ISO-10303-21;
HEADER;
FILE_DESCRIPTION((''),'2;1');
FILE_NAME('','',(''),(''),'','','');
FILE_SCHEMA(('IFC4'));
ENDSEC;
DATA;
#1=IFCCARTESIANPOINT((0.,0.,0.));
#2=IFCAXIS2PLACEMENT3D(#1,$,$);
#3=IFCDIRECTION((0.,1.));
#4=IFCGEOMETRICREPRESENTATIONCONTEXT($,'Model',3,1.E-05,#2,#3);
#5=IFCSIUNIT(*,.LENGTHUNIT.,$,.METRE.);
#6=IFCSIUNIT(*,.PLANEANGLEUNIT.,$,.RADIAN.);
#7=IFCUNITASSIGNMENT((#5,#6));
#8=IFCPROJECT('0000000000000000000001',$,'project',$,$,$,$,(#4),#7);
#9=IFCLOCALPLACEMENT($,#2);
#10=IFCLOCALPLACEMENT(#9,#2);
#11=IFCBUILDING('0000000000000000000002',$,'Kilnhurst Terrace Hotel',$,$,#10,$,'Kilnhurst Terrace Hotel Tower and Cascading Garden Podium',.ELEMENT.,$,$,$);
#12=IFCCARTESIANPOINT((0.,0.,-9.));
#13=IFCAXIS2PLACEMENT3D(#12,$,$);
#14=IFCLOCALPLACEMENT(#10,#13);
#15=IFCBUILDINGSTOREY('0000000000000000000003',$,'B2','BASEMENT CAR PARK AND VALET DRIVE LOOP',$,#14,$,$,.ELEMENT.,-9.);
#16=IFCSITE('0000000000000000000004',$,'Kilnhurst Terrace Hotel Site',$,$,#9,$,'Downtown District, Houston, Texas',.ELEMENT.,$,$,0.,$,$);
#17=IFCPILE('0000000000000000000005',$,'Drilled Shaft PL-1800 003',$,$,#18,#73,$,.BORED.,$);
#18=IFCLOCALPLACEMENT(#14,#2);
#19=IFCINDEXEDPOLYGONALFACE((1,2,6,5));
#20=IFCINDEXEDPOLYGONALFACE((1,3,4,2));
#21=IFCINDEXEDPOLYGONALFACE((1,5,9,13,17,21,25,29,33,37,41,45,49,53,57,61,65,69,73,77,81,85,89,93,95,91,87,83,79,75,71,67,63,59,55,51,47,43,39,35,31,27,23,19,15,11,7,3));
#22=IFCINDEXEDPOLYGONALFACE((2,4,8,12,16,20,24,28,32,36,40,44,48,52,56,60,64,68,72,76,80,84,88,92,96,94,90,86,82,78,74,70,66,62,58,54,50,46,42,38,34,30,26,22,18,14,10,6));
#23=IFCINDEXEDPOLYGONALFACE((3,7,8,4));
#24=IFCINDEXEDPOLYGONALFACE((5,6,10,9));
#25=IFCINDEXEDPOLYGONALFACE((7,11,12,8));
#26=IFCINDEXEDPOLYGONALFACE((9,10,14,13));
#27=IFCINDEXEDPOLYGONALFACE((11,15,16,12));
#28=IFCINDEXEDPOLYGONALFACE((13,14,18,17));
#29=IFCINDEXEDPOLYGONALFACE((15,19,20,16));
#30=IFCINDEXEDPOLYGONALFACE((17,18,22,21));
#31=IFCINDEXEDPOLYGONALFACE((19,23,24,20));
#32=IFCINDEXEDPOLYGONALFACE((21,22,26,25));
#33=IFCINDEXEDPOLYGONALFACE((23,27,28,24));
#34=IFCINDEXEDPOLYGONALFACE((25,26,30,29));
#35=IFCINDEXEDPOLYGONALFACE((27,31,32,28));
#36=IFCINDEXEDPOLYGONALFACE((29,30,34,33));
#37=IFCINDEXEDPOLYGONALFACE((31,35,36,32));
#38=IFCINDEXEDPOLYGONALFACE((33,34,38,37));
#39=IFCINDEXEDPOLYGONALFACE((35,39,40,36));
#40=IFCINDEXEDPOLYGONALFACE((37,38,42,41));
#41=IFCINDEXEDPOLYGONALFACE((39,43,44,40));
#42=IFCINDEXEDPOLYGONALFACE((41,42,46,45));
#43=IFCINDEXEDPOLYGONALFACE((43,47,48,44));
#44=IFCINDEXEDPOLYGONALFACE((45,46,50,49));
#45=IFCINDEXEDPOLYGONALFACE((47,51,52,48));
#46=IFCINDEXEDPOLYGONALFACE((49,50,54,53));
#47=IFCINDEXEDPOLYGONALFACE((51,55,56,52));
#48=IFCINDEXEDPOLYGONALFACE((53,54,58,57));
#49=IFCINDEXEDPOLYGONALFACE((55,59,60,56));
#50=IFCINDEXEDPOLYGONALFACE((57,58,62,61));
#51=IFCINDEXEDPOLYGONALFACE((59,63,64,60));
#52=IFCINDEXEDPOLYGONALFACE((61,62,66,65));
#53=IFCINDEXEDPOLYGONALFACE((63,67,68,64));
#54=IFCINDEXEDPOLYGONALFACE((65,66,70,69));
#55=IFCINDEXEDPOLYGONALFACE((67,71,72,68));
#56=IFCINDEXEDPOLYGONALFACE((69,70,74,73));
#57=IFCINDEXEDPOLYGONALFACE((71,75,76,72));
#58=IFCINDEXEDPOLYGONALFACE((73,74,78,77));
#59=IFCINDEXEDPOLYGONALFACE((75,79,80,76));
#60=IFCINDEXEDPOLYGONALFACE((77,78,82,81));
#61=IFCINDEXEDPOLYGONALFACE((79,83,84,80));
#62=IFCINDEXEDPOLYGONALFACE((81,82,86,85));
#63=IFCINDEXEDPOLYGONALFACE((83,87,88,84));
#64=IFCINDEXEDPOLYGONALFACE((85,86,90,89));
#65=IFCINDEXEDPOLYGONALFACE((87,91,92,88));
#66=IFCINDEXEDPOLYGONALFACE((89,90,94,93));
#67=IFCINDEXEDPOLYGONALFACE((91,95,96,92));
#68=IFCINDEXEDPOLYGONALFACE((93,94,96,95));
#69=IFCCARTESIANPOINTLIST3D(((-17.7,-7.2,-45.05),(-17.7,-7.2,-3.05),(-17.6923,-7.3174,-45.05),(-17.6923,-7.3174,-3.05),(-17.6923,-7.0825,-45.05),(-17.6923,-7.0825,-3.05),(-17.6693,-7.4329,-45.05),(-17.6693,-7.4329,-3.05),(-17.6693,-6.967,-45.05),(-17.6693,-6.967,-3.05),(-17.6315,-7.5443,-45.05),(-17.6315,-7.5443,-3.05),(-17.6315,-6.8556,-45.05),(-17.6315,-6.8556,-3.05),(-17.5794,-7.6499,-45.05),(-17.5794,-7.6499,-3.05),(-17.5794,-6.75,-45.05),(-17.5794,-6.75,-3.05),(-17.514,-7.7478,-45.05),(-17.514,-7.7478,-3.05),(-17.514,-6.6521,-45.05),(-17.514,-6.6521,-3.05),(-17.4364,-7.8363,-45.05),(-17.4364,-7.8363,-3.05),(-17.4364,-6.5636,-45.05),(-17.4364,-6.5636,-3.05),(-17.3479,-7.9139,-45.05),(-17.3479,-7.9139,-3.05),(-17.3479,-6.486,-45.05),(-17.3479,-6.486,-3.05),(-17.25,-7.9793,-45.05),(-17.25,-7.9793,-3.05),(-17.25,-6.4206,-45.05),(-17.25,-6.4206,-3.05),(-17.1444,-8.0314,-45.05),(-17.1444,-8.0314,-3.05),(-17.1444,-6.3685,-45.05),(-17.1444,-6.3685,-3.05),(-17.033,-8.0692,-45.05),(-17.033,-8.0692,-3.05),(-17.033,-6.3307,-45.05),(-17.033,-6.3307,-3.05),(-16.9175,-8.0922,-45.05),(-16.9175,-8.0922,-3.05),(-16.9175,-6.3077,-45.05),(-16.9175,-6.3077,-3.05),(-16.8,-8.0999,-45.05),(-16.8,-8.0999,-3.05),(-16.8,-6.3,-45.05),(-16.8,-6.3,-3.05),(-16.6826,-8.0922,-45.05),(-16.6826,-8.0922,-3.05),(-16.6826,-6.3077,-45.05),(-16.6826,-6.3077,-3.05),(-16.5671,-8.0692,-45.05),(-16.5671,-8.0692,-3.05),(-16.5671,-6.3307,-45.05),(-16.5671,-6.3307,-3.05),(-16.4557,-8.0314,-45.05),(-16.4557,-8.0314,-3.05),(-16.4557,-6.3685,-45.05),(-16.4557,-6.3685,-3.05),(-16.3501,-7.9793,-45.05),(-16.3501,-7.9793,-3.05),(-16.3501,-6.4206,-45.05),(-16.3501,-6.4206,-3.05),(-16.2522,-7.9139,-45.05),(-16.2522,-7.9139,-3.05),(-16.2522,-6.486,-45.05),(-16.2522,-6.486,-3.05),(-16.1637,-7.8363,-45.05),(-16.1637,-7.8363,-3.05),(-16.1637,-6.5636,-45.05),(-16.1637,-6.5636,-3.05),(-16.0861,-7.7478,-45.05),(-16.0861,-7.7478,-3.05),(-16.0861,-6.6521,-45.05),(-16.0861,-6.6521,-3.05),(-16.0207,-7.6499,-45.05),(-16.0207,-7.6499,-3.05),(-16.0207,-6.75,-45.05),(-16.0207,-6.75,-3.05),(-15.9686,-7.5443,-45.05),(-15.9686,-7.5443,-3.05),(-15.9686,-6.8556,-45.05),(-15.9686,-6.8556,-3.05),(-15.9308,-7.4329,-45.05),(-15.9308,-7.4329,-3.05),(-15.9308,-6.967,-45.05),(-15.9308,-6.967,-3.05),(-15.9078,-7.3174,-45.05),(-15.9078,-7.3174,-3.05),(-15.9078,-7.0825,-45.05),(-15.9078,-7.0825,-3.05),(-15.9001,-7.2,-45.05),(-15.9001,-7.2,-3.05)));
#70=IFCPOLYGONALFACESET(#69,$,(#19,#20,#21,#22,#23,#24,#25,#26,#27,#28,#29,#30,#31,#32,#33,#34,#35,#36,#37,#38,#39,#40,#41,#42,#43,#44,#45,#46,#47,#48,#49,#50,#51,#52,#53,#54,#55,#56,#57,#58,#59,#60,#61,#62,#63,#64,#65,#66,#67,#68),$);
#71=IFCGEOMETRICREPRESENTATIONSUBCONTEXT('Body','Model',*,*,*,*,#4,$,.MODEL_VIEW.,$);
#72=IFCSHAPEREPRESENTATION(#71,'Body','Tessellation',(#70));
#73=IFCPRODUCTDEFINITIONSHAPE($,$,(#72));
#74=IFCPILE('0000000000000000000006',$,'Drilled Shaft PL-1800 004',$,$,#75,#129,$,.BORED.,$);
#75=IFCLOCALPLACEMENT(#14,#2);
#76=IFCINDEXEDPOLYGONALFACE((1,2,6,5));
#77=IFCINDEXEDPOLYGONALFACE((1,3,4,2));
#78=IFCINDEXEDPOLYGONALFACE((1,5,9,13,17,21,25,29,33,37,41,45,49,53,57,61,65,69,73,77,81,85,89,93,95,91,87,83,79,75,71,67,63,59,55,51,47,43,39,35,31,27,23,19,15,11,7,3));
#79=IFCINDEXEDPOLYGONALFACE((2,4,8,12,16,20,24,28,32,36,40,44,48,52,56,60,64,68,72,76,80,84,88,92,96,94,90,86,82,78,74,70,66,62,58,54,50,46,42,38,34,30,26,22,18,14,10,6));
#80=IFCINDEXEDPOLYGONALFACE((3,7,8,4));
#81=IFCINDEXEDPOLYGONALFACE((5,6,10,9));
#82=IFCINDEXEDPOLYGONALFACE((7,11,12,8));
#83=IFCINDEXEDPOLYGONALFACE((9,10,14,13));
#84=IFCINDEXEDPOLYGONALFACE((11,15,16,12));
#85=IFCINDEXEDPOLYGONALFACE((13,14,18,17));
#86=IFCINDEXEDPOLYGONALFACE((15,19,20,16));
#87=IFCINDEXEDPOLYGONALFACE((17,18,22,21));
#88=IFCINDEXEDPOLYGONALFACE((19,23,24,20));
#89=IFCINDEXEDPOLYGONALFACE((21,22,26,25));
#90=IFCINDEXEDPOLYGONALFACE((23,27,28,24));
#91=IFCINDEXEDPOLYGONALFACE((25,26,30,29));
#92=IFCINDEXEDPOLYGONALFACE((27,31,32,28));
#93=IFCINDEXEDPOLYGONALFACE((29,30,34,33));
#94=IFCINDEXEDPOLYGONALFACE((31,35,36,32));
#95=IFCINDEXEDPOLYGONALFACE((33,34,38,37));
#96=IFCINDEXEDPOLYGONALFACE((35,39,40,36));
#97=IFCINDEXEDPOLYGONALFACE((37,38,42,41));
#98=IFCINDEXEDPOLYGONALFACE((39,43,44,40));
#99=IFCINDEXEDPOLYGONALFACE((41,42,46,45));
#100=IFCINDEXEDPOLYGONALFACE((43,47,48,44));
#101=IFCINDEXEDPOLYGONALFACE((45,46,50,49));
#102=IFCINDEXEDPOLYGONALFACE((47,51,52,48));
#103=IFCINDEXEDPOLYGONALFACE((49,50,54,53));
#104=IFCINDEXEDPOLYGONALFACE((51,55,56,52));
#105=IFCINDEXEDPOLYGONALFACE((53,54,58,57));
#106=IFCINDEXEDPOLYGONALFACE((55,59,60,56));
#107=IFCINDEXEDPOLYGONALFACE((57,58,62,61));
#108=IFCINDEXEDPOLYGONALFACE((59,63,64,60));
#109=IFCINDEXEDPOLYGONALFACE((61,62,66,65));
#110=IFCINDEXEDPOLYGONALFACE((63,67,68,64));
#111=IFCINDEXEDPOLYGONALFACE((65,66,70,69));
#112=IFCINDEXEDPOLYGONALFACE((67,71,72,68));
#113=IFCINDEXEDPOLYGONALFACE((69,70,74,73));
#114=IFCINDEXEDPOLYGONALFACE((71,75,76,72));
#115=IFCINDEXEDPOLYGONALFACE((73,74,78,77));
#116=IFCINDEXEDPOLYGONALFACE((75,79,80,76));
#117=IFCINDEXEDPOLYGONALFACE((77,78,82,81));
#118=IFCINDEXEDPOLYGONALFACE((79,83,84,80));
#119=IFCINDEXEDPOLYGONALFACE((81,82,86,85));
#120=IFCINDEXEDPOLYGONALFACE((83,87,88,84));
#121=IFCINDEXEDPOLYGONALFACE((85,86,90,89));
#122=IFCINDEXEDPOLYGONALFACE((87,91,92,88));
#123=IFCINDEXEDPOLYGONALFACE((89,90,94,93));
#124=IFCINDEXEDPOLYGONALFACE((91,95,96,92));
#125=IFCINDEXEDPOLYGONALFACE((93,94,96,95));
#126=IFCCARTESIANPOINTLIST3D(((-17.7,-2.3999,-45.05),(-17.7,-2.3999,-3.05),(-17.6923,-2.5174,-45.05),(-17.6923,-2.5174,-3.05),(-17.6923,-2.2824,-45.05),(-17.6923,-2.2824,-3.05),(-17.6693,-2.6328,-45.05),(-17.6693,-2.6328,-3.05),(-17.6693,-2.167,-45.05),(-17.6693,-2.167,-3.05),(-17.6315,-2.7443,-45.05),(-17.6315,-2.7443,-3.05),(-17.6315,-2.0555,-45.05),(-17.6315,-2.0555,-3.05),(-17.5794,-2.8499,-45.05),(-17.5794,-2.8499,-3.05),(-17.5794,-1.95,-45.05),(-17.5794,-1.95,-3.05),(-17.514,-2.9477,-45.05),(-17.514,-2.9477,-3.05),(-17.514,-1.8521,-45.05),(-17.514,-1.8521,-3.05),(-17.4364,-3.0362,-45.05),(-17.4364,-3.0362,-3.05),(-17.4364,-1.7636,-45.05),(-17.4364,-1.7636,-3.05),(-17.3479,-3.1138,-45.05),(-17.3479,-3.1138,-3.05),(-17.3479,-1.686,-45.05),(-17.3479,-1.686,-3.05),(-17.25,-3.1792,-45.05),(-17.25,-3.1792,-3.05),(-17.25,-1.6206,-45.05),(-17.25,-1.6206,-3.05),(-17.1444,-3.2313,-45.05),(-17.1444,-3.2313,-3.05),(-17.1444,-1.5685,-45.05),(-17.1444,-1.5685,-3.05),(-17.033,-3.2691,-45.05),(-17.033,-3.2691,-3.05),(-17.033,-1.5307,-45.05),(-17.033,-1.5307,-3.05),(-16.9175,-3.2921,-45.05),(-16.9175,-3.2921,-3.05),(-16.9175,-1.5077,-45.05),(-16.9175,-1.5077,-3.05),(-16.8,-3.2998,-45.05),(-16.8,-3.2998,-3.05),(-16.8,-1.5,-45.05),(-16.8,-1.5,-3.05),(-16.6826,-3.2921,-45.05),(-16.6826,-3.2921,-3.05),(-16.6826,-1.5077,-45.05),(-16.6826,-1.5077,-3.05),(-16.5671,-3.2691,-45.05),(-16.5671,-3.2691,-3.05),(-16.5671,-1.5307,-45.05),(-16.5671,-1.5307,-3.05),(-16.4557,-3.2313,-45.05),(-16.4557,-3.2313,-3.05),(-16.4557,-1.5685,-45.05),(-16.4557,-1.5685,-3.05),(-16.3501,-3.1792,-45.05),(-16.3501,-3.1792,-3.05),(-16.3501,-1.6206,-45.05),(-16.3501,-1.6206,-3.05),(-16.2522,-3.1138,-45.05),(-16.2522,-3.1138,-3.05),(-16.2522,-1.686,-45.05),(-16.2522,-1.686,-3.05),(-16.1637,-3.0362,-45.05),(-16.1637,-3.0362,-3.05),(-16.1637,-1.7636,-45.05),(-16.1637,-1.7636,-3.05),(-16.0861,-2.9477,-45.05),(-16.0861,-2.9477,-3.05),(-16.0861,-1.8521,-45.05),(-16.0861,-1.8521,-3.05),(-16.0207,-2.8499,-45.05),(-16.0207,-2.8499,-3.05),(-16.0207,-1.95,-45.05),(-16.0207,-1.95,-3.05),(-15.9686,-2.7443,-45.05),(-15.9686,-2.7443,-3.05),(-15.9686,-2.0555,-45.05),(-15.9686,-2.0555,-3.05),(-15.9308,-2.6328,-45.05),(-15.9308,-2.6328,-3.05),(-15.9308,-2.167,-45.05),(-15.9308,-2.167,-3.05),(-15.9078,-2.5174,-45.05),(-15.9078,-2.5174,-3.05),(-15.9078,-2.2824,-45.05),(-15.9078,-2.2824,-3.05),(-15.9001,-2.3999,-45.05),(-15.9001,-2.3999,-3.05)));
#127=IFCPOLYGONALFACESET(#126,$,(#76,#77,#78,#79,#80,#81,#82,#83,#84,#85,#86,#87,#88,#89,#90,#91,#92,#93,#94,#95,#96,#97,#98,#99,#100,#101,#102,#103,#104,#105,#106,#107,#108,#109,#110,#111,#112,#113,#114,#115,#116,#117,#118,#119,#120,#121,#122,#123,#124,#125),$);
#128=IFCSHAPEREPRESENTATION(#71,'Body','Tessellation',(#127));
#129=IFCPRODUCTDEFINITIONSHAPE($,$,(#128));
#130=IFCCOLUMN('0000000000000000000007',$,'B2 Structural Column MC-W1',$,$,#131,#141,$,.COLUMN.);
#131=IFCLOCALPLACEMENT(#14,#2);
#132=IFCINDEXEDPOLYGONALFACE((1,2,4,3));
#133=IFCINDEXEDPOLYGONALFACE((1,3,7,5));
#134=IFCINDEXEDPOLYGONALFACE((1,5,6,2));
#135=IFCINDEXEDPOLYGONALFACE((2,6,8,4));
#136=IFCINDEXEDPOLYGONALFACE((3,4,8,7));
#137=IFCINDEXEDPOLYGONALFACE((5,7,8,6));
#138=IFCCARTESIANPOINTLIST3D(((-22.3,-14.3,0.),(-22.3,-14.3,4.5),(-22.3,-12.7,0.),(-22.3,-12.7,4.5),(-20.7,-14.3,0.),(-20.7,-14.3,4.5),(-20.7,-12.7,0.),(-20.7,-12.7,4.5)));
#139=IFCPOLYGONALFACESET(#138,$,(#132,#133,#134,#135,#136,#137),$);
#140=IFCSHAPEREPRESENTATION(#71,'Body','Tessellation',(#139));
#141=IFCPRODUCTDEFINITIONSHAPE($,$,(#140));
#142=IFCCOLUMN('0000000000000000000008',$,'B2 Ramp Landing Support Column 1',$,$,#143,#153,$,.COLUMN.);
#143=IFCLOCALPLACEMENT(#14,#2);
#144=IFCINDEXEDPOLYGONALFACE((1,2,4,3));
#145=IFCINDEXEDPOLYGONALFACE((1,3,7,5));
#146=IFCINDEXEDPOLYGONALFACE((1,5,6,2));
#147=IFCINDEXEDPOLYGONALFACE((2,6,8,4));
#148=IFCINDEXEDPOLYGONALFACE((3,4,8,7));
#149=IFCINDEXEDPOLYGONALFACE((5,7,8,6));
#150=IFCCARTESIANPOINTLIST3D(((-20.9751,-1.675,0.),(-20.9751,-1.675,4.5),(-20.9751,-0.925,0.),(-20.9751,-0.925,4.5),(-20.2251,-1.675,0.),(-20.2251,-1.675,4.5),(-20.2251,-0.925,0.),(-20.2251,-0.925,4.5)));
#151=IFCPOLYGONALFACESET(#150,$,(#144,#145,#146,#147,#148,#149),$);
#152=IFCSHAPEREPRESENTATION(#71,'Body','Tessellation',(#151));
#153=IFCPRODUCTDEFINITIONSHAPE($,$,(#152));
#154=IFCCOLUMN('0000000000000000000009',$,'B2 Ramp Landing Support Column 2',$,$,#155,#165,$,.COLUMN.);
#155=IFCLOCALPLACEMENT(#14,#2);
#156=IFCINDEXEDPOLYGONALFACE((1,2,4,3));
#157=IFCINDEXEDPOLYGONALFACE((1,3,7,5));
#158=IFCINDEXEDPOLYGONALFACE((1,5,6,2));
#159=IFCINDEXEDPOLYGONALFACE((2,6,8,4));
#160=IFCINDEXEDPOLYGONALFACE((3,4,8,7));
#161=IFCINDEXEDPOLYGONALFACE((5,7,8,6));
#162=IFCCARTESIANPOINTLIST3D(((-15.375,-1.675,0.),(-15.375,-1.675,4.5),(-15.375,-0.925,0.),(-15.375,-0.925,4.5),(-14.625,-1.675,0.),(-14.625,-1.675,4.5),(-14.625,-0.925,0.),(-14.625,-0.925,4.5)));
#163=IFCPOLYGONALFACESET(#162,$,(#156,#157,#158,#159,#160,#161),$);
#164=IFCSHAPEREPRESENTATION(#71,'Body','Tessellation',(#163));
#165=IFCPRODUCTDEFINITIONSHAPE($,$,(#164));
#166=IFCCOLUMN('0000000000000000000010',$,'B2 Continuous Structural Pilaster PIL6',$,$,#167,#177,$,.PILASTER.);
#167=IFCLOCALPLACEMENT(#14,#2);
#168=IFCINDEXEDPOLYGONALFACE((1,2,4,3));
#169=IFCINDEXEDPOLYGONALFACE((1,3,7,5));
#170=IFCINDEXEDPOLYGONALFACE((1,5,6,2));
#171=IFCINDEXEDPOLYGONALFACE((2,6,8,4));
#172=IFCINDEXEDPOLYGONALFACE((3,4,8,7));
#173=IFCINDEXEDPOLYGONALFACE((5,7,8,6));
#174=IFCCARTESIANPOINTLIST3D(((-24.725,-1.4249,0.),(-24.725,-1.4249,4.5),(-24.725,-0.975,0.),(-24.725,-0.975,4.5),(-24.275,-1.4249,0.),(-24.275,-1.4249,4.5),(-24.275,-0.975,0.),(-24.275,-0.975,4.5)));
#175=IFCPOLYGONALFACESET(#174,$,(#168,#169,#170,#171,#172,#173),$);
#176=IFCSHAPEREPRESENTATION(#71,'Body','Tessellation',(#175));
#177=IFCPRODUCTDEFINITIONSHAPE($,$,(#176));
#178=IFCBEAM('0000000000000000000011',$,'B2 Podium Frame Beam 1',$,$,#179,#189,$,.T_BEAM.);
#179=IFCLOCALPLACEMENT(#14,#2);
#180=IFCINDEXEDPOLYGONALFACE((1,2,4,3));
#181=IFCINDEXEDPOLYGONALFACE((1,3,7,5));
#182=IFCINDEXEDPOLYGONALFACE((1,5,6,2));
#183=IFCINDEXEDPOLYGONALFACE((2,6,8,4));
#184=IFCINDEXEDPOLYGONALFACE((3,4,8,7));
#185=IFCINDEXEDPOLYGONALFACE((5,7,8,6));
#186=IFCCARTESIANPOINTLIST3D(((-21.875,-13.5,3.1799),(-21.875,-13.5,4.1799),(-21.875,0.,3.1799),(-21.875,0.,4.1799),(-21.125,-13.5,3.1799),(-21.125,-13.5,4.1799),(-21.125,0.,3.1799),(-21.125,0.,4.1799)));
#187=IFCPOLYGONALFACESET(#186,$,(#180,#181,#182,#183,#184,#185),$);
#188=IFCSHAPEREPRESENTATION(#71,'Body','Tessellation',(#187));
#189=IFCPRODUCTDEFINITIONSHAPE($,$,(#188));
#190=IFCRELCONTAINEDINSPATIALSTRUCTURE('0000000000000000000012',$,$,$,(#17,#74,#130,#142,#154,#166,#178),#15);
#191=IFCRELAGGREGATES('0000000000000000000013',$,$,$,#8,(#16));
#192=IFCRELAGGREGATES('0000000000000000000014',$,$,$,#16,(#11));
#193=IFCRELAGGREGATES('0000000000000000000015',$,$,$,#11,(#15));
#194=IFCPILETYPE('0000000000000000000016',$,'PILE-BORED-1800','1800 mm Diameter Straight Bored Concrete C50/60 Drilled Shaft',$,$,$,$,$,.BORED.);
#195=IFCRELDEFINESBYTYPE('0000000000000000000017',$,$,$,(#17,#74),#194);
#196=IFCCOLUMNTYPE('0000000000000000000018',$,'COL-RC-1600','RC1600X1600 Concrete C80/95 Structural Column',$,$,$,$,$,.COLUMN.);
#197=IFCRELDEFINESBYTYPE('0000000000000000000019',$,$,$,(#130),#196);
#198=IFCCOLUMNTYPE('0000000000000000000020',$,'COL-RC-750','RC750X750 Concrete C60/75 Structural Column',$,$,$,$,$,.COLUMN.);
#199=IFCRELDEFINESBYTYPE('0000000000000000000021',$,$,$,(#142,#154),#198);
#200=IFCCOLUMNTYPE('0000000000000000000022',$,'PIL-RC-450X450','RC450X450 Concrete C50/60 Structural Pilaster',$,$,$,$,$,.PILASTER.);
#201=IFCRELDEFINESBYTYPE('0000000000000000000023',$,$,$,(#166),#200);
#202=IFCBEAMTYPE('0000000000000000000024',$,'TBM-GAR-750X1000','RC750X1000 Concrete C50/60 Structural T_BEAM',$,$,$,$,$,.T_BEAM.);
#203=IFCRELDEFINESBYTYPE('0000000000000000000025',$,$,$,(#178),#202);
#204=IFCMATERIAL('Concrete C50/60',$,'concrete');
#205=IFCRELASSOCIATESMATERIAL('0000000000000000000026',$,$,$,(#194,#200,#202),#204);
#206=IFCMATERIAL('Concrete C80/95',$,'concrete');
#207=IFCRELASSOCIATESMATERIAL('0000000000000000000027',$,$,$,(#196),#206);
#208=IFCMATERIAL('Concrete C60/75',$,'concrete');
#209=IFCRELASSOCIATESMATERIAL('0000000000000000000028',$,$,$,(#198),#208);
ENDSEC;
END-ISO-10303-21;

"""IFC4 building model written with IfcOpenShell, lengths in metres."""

from ifc_helpers import new_model, si_unit, direction, frame, origin, origin_2d, place, context, subcontext, project, spatial, rectangle, circle, extrude, material, material_profile, profile_set, type_object, element, save


model = new_model("IFC4")

# Units and contexts
model_context = context("Model", 3, precision=1e-05, world=origin(), true_north=direction((0.0, 1.0)))
body_context = subcontext(model_context, "Body", "Model", "MODEL_VIEW")
ifc_project = project(units=[si_unit("LENGTHUNIT", "METRE"), si_unit("PLANEANGLEUNIT", "RADIAN")], contexts=[model_context])

# Site, building, storey
site_placement = place(None, origin())
site = spatial("IfcSite", under=ifc_project, at=site_placement, Name="Kilnhurst Terrace Hotel Site", LongName="Downtown District, Houston, Texas", CompositionType="ELEMENT", RefElevation=0.0)
building_placement = place(site_placement, origin())
building = spatial("IfcBuilding", under=site, at=building_placement, Name="Kilnhurst Terrace Hotel", LongName="Kilnhurst Terrace Hotel Tower and Cascading Garden Podium", CompositionType="ELEMENT")
storey_placement = place(building_placement, frame((0.0, 0.0, -9.0)))
storey = spatial("IfcBuildingStorey", under=building, at=storey_placement, Name="B2", Description="BASEMENT CAR PARK AND VALET DRIVE LOOP", CompositionType="ELEMENT", Elevation=-9.0)

# Piles
ifc_material_1 = material(Name="Concrete C50/60", Category="concrete")
ifc_material_profile_1 = material_profile(ifc_material_1, circle(Radius=0.8999, at=origin_2d()), Name="PILE1800")
ifc_profile_set_1 = profile_set([ifc_material_profile_1], Name="Concrete C50/60")
pile_type_1 = type_object("IfcPileType", Name="PILE-BORED-1800", Description="1800 mm Diameter Straight Bored Concrete C50/60 Drilled Shaft", PredefinedType="BORED", material=ifc_profile_set_1)
for number, where, z_axis, x_axis, name in (
    (1, (-16.8, -7.2, -3.05), (0.0, 0.0, -1.0), (1.0, 0.0, 0.0), "Drilled Shaft PL-1800 003"),
    (2, (-16.8, -2.3999, -3.05), (0.0, 0.0, -1.0), (1.0, 0.0, 0.0), "Drilled Shaft PL-1800 004"),
):
    element("IfcPile", number, at=place(storey_placement, frame(where, z_axis=z_axis, x_axis=x_axis)), inside=storey, type_object=pile_type_1, Name=name, PredefinedType="BORED", context=body_context, shape_type="SweptSolid", body=[
        extrude(circle(Radius=0.8999, at=origin_2d()), origin(), (0.0, 0.0, 1.0), 42.0),
    ])

# Columns
ifc_material_2 = material(Name="Concrete C80/95", Category="concrete")
ifc_material_profile_2 = material_profile(ifc_material_2, rectangle(XDim=1.6001, YDim=1.6001, at=origin_2d()), Name="RC1600X1600")
ifc_profile_set_2 = profile_set([ifc_material_profile_2], Name="Concrete C80/95")
column_type_1 = type_object("IfcColumnType", Name="COL-RC-1600", Description="RC1600X1600 Concrete C80/95 Structural Column", PredefinedType="COLUMN", material=ifc_profile_set_2)
column_1_placement = place(storey_placement, frame((-21.5, -13.5, 0.0), z_axis=(0.0, 0.0, 1.0), x_axis=(1.0, 0.0, 0.0)))
element("IfcColumn", 3, at=column_1_placement, inside=storey, type_object=column_type_1, Name="B2 Structural Column MC-W1", PredefinedType="COLUMN", context=body_context, shape_type="SweptSolid", body=[
    extrude(rectangle(XDim=1.6001, YDim=1.6001, at=origin_2d()), origin(), (0.0, 0.0, 1.0), 4.5),
])
ifc_material_3 = material(Name="Concrete C60/75", Category="concrete")
ifc_material_profile_3 = material_profile(ifc_material_3, rectangle(XDim=0.75, YDim=0.75, at=origin_2d()), Name="RC750X750")
ifc_profile_set_3 = profile_set([ifc_material_profile_3], Name="Concrete C60/75")
column_type_2 = type_object("IfcColumnType", Name="COL-RC-750", Description="RC750X750 Concrete C60/75 Structural Column", PredefinedType="COLUMN", material=ifc_profile_set_3)
for number, where, z_axis, x_axis, name in (
    (4, (-20.6001, -1.3, 0.0), (0.0, 0.0, 1.0), (1.0, 0.0, 0.0), "B2 Ramp Landing Support Column 1"),
    (5, (-15.0, -1.3, 0.0), (0.0, 0.0, 1.0), (1.0, 0.0, 0.0), "B2 Ramp Landing Support Column 2"),
):
    element("IfcColumn", number, at=place(storey_placement, frame(where, z_axis=z_axis, x_axis=x_axis)), inside=storey, type_object=column_type_2, Name=name, PredefinedType="COLUMN", context=body_context, shape_type="SweptSolid", body=[
        extrude(rectangle(XDim=0.75, YDim=0.75, at=origin_2d()), origin(), (0.0, 0.0, 1.0), 4.5),
    ])
ifc_material_profile_4 = material_profile(ifc_material_1, rectangle(XDim=0.45, YDim=0.45, at=origin_2d()), Name="RC450X450")
ifc_profile_set_4 = profile_set([ifc_material_profile_4], Name="Concrete C50/60")
column_type_3 = type_object("IfcColumnType", Name="PIL-RC-450X450", Description="RC450X450 Concrete C50/60 Structural Pilaster", PredefinedType="PILASTER", material=ifc_profile_set_4)
column_2_placement = place(storey_placement, frame((-24.5, -1.2, 0.0), z_axis=(0.0, 0.0, 1.0), x_axis=(1.0, 0.0, 0.0)))
element("IfcColumn", 6, at=column_2_placement, inside=storey, type_object=column_type_3, Name="B2 Continuous Structural Pilaster PIL6", PredefinedType="PILASTER", context=body_context, shape_type="SweptSolid", body=[
    extrude(rectangle(XDim=0.45, YDim=0.45, at=origin_2d()), origin(), (0.0, 0.0, 1.0), 4.5),
])

# Beam
ifc_material_profile_5 = material_profile(ifc_material_1, rectangle(XDim=0.75, YDim=1.0, at=origin_2d()), Name="RC750X1000")
ifc_profile_set_5 = profile_set([ifc_material_profile_5], Name="Concrete C50/60")
beam_type = type_object("IfcBeamType", Name="TBM-GAR-750X1000", Description="RC750X1000 Concrete C50/60 Structural T_BEAM", PredefinedType="T_BEAM", material=ifc_profile_set_5)
beam_1_placement = place(storey_placement, frame((-21.5, -13.5, 3.6799), z_axis=(0.0, 1.0, 0.0), x_axis=(-1.0, 0.0, 0.0)))
element("IfcBeam", 7, at=beam_1_placement, inside=storey, type_object=beam_type, Name="B2 Podium Frame Beam 1", PredefinedType="T_BEAM", context=body_context, shape_type="SweptSolid", body=[
    extrude(rectangle(XDim=0.75, YDim=1.0, at=origin_2d()), origin(), (0.0, 0.0, 1.0), 13.5),
])

save(model, "model.ifc")
